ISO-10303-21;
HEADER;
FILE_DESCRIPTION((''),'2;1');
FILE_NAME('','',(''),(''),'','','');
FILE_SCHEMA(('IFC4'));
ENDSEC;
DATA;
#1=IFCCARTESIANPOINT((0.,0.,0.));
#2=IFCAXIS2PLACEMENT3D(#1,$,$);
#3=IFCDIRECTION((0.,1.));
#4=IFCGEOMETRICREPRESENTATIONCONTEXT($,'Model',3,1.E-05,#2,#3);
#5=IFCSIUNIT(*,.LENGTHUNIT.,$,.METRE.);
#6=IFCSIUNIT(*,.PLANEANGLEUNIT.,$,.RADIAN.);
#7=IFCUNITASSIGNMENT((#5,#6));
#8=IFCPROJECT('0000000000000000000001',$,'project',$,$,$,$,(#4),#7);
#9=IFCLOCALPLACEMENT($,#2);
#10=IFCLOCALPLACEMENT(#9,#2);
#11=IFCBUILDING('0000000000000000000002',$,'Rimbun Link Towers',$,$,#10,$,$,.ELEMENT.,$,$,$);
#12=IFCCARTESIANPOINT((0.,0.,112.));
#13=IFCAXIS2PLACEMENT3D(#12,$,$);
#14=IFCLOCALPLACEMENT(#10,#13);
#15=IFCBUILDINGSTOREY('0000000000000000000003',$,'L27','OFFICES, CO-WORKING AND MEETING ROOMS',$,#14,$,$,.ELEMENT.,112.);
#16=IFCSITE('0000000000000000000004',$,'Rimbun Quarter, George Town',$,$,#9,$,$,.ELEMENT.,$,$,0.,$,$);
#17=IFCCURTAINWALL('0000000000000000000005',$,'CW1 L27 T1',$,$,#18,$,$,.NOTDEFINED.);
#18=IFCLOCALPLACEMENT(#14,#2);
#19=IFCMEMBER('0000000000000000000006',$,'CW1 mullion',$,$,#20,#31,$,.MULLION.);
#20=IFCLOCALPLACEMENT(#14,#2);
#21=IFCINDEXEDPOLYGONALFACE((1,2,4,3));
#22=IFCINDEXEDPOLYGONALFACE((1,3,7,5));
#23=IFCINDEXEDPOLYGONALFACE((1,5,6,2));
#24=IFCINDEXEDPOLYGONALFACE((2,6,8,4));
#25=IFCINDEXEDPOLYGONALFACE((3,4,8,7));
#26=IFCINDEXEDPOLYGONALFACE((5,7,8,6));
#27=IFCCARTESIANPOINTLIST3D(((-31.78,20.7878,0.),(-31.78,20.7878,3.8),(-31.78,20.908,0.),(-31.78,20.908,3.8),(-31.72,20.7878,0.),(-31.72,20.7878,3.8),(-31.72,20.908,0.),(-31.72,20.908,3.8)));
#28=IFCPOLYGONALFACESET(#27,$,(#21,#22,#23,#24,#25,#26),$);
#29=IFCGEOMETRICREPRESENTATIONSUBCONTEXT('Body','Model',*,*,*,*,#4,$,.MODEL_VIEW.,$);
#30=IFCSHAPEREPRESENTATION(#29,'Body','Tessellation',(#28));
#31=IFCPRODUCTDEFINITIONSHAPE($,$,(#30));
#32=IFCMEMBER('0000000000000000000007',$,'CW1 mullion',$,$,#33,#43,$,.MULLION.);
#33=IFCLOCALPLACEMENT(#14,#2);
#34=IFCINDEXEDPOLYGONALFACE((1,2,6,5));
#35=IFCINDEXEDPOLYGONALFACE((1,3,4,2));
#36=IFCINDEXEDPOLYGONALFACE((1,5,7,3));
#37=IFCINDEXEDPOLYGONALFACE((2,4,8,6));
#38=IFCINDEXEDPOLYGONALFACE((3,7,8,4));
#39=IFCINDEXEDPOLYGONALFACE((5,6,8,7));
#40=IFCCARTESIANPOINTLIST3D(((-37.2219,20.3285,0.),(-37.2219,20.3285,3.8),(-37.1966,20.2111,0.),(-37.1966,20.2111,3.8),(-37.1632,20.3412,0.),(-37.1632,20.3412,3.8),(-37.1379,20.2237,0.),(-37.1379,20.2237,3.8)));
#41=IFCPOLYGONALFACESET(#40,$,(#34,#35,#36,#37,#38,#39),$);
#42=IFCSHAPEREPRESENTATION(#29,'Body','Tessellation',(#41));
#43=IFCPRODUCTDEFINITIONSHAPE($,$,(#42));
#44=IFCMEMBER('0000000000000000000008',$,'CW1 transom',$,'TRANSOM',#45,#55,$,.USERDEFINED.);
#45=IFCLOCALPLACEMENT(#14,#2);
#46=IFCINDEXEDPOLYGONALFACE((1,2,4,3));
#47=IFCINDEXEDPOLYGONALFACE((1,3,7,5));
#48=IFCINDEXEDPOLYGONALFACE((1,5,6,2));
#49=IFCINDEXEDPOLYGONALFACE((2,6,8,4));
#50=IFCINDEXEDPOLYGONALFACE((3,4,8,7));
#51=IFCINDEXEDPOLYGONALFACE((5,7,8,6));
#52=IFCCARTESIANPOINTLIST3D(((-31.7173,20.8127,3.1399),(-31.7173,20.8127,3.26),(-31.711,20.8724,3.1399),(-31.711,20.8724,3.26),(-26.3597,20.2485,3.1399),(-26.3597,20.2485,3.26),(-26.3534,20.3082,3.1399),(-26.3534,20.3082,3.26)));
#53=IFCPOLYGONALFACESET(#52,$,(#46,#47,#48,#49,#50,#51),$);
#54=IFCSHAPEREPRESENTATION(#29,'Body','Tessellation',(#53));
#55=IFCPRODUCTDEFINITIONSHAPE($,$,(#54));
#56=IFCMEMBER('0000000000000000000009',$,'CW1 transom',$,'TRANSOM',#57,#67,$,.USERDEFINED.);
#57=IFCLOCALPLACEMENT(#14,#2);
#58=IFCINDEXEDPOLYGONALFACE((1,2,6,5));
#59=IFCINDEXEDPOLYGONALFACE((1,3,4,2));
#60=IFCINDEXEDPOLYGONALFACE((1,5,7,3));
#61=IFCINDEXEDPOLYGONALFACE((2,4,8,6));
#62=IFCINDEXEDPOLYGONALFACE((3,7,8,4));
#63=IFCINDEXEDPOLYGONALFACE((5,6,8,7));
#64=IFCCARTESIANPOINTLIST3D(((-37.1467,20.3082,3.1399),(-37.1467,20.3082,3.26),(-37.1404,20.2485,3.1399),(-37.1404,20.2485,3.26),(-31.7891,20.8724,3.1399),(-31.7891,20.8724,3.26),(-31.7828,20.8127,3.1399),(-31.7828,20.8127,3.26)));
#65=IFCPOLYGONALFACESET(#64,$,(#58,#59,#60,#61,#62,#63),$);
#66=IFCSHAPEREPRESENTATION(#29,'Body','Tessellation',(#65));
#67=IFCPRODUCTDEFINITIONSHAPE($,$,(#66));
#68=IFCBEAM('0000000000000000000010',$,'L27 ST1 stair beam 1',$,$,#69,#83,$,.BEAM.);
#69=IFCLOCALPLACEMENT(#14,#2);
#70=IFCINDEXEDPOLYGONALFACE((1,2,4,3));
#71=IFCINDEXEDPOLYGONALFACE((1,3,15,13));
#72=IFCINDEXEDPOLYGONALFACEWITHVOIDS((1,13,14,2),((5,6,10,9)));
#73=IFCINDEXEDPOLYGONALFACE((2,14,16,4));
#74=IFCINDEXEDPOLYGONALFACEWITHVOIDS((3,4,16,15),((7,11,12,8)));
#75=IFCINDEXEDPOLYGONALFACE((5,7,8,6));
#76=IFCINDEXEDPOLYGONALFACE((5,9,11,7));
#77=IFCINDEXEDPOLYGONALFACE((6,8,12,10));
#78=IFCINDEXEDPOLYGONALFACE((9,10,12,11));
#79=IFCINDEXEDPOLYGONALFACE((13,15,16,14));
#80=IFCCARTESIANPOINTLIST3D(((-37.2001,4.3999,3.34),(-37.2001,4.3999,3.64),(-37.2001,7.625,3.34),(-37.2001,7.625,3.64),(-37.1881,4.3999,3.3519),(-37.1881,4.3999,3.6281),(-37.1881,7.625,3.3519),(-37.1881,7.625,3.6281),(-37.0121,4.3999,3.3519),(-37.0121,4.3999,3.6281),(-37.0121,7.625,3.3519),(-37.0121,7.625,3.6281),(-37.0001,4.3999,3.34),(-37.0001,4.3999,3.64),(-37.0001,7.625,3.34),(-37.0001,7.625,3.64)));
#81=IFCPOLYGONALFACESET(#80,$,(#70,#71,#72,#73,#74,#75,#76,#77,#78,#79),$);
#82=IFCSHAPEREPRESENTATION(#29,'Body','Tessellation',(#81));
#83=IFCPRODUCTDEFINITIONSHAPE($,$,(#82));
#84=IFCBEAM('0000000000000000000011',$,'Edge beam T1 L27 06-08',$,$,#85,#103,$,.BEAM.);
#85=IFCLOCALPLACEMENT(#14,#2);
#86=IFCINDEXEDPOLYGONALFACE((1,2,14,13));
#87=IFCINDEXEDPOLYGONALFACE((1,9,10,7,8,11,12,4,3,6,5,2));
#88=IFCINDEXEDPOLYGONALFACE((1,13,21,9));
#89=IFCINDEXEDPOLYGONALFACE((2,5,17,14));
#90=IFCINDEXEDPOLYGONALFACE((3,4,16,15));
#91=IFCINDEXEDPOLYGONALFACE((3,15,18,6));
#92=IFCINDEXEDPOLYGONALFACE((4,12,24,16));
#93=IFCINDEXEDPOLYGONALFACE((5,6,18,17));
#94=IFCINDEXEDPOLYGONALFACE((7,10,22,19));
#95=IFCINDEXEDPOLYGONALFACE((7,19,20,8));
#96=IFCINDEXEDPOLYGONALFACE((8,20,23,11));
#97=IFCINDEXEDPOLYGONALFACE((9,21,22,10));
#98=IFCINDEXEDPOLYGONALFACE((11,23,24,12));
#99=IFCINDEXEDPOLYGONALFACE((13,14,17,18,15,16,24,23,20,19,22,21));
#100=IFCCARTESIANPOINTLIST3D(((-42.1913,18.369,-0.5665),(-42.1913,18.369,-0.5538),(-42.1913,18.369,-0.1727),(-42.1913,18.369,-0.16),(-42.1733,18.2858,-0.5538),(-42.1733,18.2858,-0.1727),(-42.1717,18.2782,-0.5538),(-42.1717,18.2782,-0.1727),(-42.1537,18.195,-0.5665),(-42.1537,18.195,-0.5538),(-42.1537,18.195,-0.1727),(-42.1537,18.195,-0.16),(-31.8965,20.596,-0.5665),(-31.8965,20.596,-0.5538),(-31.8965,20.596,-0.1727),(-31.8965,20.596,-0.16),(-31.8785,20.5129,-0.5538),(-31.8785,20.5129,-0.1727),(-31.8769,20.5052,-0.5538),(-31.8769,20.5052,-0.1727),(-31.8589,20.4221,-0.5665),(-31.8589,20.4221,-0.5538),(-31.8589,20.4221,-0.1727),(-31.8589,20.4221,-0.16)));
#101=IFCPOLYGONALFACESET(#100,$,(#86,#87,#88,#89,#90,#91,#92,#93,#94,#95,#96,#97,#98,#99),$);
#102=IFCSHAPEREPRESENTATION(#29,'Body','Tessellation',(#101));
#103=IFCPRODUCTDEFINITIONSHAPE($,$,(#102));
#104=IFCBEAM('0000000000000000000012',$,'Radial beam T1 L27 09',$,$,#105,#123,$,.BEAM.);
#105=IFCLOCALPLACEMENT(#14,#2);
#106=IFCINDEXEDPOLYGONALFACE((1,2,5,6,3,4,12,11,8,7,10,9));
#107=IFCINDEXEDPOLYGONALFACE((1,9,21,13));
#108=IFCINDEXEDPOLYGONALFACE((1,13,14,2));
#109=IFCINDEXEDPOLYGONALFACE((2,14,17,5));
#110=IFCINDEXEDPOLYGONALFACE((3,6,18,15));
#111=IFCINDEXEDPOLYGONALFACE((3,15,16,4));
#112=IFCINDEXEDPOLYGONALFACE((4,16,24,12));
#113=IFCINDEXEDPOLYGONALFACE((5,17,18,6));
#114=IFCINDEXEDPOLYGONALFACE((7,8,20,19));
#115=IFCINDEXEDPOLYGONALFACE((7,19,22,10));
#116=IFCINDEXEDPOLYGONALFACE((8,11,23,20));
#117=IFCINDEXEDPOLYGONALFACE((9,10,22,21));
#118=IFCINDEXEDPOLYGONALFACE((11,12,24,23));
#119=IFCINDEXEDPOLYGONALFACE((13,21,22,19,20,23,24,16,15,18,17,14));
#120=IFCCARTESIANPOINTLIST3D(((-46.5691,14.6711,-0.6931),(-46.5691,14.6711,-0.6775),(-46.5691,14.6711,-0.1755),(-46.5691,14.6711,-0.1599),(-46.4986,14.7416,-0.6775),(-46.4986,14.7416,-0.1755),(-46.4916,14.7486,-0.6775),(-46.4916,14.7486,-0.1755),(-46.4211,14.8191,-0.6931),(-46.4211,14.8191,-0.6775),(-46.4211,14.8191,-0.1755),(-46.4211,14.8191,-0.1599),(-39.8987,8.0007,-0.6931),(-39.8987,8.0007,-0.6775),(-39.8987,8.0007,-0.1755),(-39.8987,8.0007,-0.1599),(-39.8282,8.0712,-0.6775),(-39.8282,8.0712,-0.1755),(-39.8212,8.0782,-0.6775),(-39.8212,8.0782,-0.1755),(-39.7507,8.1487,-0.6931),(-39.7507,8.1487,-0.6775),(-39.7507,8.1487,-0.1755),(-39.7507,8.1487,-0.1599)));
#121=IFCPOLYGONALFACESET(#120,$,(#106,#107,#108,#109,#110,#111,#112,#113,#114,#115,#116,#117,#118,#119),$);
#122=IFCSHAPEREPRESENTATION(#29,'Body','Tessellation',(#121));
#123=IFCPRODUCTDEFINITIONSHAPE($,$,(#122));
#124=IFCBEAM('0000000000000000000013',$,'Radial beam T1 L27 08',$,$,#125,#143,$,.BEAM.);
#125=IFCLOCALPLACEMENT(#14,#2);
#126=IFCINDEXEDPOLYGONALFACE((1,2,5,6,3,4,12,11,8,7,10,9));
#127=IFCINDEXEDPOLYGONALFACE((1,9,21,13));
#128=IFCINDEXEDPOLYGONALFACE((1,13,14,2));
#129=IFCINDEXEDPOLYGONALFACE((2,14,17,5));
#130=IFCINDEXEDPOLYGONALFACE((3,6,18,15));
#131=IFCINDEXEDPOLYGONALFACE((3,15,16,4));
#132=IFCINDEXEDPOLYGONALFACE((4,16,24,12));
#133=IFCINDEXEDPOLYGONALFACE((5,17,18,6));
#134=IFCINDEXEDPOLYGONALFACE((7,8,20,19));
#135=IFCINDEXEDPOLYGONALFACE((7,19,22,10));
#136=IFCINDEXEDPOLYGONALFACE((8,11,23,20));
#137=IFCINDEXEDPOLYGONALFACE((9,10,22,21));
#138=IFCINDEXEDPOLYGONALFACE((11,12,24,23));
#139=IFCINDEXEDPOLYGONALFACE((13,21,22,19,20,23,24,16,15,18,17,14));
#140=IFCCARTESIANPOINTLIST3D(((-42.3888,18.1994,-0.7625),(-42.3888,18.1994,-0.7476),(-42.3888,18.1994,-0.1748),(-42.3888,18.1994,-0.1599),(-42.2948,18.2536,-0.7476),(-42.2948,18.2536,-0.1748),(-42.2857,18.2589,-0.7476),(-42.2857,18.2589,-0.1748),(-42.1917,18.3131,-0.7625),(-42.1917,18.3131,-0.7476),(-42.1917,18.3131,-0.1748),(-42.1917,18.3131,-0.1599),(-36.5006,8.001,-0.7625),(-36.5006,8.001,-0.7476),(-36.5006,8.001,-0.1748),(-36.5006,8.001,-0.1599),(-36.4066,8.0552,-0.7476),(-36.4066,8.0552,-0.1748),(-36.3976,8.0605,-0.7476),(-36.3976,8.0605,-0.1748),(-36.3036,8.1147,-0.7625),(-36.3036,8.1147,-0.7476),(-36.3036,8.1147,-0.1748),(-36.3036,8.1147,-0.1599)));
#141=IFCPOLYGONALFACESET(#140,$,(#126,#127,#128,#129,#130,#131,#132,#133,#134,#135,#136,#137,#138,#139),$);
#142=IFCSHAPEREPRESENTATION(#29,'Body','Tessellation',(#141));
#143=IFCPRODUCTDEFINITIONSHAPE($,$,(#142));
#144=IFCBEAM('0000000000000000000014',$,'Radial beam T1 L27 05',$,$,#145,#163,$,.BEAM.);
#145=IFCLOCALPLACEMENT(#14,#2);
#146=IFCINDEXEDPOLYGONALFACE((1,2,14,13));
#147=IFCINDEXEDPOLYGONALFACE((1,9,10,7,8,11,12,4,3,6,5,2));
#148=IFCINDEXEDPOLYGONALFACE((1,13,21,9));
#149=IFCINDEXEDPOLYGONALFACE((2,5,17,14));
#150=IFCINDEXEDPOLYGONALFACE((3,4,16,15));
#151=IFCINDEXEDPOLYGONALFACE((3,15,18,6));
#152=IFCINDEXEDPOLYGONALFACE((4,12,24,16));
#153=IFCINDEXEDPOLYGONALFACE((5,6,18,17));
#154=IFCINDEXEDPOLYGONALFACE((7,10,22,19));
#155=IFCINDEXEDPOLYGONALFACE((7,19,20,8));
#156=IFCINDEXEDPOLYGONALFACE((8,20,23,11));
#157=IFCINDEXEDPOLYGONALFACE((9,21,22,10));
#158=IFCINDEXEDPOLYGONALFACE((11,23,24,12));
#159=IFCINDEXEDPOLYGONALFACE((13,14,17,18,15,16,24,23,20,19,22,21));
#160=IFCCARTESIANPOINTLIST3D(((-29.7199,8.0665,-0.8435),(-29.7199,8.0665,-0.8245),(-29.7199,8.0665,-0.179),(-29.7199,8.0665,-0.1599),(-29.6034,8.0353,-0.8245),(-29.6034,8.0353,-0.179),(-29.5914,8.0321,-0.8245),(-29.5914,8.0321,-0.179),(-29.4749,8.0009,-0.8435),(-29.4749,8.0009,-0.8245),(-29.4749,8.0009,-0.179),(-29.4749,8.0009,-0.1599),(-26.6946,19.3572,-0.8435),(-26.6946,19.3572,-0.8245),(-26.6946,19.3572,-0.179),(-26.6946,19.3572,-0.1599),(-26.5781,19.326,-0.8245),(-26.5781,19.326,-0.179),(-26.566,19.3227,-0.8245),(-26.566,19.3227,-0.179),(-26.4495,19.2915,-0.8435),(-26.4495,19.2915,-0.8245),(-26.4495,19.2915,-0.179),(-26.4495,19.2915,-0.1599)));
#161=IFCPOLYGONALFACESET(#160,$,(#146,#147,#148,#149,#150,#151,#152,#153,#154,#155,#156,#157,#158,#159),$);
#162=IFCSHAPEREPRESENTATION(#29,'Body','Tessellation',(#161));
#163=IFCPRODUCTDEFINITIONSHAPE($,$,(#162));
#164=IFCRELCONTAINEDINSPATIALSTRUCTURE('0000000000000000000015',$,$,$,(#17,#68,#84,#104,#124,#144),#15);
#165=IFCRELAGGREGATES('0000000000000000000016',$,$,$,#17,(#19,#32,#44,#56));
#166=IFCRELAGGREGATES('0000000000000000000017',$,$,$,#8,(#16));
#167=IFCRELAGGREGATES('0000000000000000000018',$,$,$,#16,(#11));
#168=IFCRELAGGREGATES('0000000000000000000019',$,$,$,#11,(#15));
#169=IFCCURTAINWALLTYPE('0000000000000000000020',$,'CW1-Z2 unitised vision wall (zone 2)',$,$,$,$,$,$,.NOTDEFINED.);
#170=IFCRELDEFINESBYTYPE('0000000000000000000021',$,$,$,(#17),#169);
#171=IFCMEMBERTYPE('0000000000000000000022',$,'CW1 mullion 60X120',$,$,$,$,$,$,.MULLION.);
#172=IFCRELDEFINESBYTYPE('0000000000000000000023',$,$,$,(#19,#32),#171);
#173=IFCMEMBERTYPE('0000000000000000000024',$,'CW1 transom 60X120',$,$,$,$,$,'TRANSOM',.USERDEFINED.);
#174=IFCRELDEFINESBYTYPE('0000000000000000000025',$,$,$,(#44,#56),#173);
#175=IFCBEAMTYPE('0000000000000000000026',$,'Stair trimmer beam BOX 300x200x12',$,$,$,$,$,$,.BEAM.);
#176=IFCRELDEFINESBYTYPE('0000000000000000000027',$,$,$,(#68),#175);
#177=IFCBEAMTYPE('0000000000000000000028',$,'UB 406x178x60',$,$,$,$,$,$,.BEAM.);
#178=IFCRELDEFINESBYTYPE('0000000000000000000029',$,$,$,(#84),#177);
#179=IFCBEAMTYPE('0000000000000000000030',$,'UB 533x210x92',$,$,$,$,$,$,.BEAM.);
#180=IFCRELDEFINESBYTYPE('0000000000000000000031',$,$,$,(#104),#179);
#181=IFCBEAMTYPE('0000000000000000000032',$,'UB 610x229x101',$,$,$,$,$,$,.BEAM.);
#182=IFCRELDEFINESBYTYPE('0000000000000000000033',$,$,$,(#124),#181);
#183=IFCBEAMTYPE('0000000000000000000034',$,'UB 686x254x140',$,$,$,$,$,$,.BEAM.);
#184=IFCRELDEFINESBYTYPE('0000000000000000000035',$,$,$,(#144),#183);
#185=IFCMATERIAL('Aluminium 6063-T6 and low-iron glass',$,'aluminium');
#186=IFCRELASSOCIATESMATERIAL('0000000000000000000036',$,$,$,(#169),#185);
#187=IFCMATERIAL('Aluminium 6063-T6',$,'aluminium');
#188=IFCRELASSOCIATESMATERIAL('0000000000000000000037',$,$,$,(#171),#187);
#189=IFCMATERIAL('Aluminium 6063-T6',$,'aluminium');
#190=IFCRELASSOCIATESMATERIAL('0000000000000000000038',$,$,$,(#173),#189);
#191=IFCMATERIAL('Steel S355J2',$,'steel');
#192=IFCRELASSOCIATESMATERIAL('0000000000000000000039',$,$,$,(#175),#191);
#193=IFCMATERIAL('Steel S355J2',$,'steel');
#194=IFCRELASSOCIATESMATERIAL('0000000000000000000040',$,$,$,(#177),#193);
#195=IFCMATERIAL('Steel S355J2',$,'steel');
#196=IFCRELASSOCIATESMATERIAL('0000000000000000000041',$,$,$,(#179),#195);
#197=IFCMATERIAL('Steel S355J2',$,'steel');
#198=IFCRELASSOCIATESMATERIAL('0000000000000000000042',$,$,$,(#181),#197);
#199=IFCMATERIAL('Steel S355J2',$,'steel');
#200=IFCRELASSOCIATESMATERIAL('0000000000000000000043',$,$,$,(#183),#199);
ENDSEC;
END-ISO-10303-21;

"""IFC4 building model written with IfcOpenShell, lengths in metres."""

from ifc_helpers import new_model, si_unit, direction, frame, origin, origin_2d, place, context, subcontext, project, spatial, rectangle, hollow_rectangle, i_section, extrude, material, material_profile, profile_set, type_object, element, aggregate, save


model = new_model("IFC4")

# Units and contexts
model_context = context("Model", 3, precision=1e-05, world=origin(), true_north=direction((0.0, 1.0)))
body_context = subcontext(model_context, "Body", "Model", "MODEL_VIEW")
ifc_project = project(units=[si_unit("LENGTHUNIT", "METRE"), si_unit("PLANEANGLEUNIT", "RADIAN")], contexts=[model_context])

# Site, building, storey
site_placement = place(None, origin())
site = spatial("IfcSite", under=ifc_project, at=site_placement, Name="Rimbun Quarter, George Town", CompositionType="ELEMENT", RefElevation=0.0)
building_placement = place(site_placement, origin())
building = spatial("IfcBuilding", under=site, at=building_placement, Name="Rimbun Link Towers", CompositionType="ELEMENT")
storey_placement = place(building_placement, frame((0.0, 0.0, 112.0)))
storey = spatial("IfcBuildingStorey", under=building, at=storey_placement, Name="L27", Description="OFFICES, CO-WORKING AND MEETING ROOMS", CompositionType="ELEMENT", Elevation=112.0)

# Curtain wall, members
ifc_material_1 = material(Name="Aluminium 6063-T6 and low-iron glass", Category="aluminium")
curtain_wall_type = type_object("IfcCurtainWallType", Name="CW1-Z2 unitised vision wall (zone 2)", PredefinedType="NOTDEFINED", material=ifc_material_1)
curtain_wall_placement = place(storey_placement, origin())
curtain_wall = element("IfcCurtainWall", 1, at=curtain_wall_placement, inside=storey, type_object=curtain_wall_type, Name="CW1 L27 T1", PredefinedType="NOTDEFINED")
ifc_material_2 = material(Name="Aluminium 6063-T6", Category="aluminium")
ifc_material_profile_1 = material_profile(ifc_material_2, rectangle(XDim=0.1201, YDim=0.0601, at=origin_2d()), Name="MULLION 60X120")
ifc_profile_set_1 = profile_set([ifc_material_profile_1], Name="Aluminium 6063-T6")
member_type_1 = type_object("IfcMemberType", Name="CW1 mullion 60X120", PredefinedType="MULLION", material=ifc_profile_set_1)
member_1_placement = place(storey_placement, frame((-31.75, 20.8479, 0.0), z_axis=(0.0, 0.0, 1.0), x_axis=(0.0, 1.0, 0.0)))
member_1 = element("IfcMember", 2, at=member_1_placement, type_object=member_type_1, Name="CW1 mullion", PredefinedType="MULLION", context=body_context, shape_type="SweptSolid", body=[
    extrude(rectangle(XDim=0.1201, YDim=0.0601, at=origin_2d()), origin(), (0.0, 0.0, 1.0), 3.8),
])
member_2_placement = place(storey_placement, frame((-37.1799, 20.2761, 0.0), z_axis=(0.0, 0.0, 1.0), x_axis=(-0.210865, 0.977515, 0.0)))
member_2 = element("IfcMember", 3, at=member_2_placement, type_object=member_type_1, Name="CW1 mullion", PredefinedType="MULLION", context=body_context, shape_type="SweptSolid", body=[
    extrude(rectangle(XDim=0.1201, YDim=0.0601, at=origin_2d()), origin(), (0.0, 0.0, 1.0), 3.8),
])
ifc_material_3 = material(Name="Aluminium 6063-T6", Category="aluminium")
ifc_material_profile_2 = material_profile(ifc_material_3, rectangle(XDim=0.0601, YDim=0.1201, at=origin_2d()), Name="TRANSOM 60X120")
ifc_profile_set_2 = profile_set([ifc_material_profile_2], Name="Aluminium 6063-T6")
member_type_2 = type_object("IfcMemberType", Name="CW1 transom 60X120", ElementType="TRANSOM", PredefinedType="USERDEFINED", material=ifc_profile_set_2)
member_3_placement = place(storey_placement, frame((-31.7141, 20.8425, 3.2), z_axis=(0.994501, -0.10473, 0.0), x_axis=(0.10473, 0.994501, 0.0)))
member_3 = element("IfcMember", 4, at=member_3_placement, type_object=member_type_2, Name="CW1 transom", ObjectType="TRANSOM", PredefinedType="USERDEFINED", context=body_context, shape_type="SweptSolid", body=[
    extrude(rectangle(XDim=0.0601, YDim=0.1201, at=origin_2d()), origin(), (0.0, 0.0, 1.0), 5.3872),
])
member_4_placement = place(storey_placement, frame((-37.1436, 20.2783, 3.2), z_axis=(0.994501, 0.10473, 0.0), x_axis=(-0.10473, 0.994501, 0.0)))
member_4 = element("IfcMember", 5, at=member_4_placement, type_object=member_type_2, Name="CW1 transom", ObjectType="TRANSOM", PredefinedType="USERDEFINED", context=body_context, shape_type="SweptSolid", body=[
    extrude(rectangle(XDim=0.0601, YDim=0.1201, at=origin_2d()), origin(), (0.0, 0.0, 1.0), 5.3872),
])

# Beams
ifc_material_4 = material(Name="Steel S355J2", Category="steel")
ifc_material_profile_3 = material_profile(ifc_material_4, hollow_rectangle(XDim=0.2, YDim=0.3, WallThickness=0.012, at=origin_2d()), Name="BOX 300x200x12")
ifc_profile_set_3 = profile_set([ifc_material_profile_3], Name="Steel S355J2")
beam_type_1 = type_object("IfcBeamType", Name="Stair trimmer beam BOX 300x200x12", PredefinedType="BEAM", material=ifc_profile_set_3)
beam_1_placement = place(storey_placement, frame((-37.1001, 7.625, 3.49), z_axis=(0.0, -1.0, 0.0), x_axis=(1.0, 0.0, 0.0)))
element("IfcBeam", 6, at=beam_1_placement, inside=storey, type_object=beam_type_1, Name="L27 ST1 stair beam 1", PredefinedType="BEAM", context=body_context, shape_type="SweptSolid", body=[
    extrude(hollow_rectangle(XDim=0.2, YDim=0.3, WallThickness=0.012, at=origin_2d()), origin(), (0.0, 0.0, 1.0), 3.2251),
])
ifc_material_5 = material(Name="Steel S355J2", Category="steel")
ifc_material_profile_4 = material_profile(ifc_material_5, i_section(OverallWidth=0.178, OverallDepth=0.4065, WebThickness=0.0078, FlangeThickness=0.0127, at=origin_2d()), Name="UB 406x178x60")
ifc_profile_set_4 = profile_set([ifc_material_profile_4], Name="Steel S355J2")
beam_type_2 = type_object("IfcBeamType", Name="UB 406x178x60", PredefinedType="BEAM", material=ifc_profile_set_4)
beam_2_placement = place(storey_placement, frame((-31.8777, 20.509, -0.3633), z_axis=(-0.977392, -0.211435, 0.0), x_axis=(0.211435, -0.977392, 0.0)))
element("IfcBeam", 7, at=beam_2_placement, inside=storey, type_object=beam_type_2, Name="Edge beam T1 L27 06-08", PredefinedType="BEAM", context=body_context, shape_type="SweptSolid", body=[
    extrude(i_section(OverallWidth=0.178, OverallDepth=0.4065, WebThickness=0.0078, FlangeThickness=0.0127, at=origin_2d()), origin(), (0.0, 0.0, 1.0), 10.533),
])
ifc_material_6 = material(Name="Steel S355J2", Category="steel")
ifc_material_profile_5 = material_profile(ifc_material_6, i_section(OverallWidth=0.2092, OverallDepth=0.5332, WebThickness=0.01, FlangeThickness=0.0156, at=origin_2d()), Name="UB 533x210x92")
ifc_profile_set_5 = profile_set([ifc_material_profile_5], Name="Steel S355J2")
beam_type_3 = type_object("IfcBeamType", Name="UB 533x210x92", PredefinedType="BEAM", material=ifc_profile_set_5)
beam_3_placement = place(storey_placement, frame((-39.8247, 8.0747, -0.4265), z_axis=(-0.707107, 0.707107, 0.0), x_axis=(-0.707107, -0.707107, 0.0)))
element("IfcBeam", 8, at=beam_3_placement, inside=storey, type_object=beam_type_3, Name="Radial beam T1 L27 09", PredefinedType="BEAM", context=body_context, shape_type="SweptSolid", body=[
    extrude(i_section(OverallWidth=0.2092, OverallDepth=0.5332, WebThickness=0.01, FlangeThickness=0.0156, at=origin_2d()), origin(), (0.0, 0.0, 1.0), 9.4333),
])
ifc_material_7 = material(Name="Steel S355J2", Category="steel")
ifc_material_profile_6 = material_profile(ifc_material_7, i_section(OverallWidth=0.2275, OverallDepth=0.6025, WebThickness=0.0105, FlangeThickness=0.0149, at=origin_2d()), Name="UB 610x229x101")
ifc_profile_set_6 = profile_set([ifc_material_profile_6], Name="Steel S355J2")
beam_type_4 = type_object("IfcBeamType", Name="UB 610x229x101", PredefinedType="BEAM", material=ifc_profile_set_6)
beam_4_placement = place(storey_placement, frame((-36.4021, 8.0579, -0.4612), z_axis=(-0.500005, 0.866022, 0.0), x_axis=(-0.866022, -0.500005, 0.0)))
element("IfcBeam", 9, at=beam_4_placement, inside=storey, type_object=beam_type_4, Name="Radial beam T1 L27 08", PredefinedType="BEAM", context=body_context, shape_type="SweptSolid", body=[
    extrude(i_section(OverallWidth=0.2275, OverallDepth=0.6025, WebThickness=0.0105, FlangeThickness=0.0149, at=origin_2d()), origin(), (0.0, 0.0, 1.0), 11.7761),
])
ifc_material_8 = material(Name="Steel S355J2", Category="steel")
ifc_material_profile_7 = material_profile(ifc_material_8, i_section(OverallWidth=0.2537, OverallDepth=0.6836, WebThickness=0.0125, FlangeThickness=0.019, at=origin_2d()), Name="UB 686x254x140")
ifc_profile_set_7 = profile_set([ifc_material_profile_7], Name="Steel S355J2")
beam_type_5 = type_object("IfcBeamType", Name="UB 686x254x140", PredefinedType="BEAM", material=ifc_profile_set_7)
beam_5_placement = place(storey_placement, frame((-29.5974, 8.0337, -0.5017), z_axis=(0.258822, 0.965925, 0.0), x_axis=(-0.965925, 0.258822, 0.0)))
element("IfcBeam", 10, at=beam_5_placement, inside=storey, type_object=beam_type_5, Name="Radial beam T1 L27 05", PredefinedType="BEAM", context=body_context, shape_type="SweptSolid", body=[
    extrude(i_section(OverallWidth=0.2537, OverallDepth=0.6836, WebThickness=0.0125, FlangeThickness=0.019, at=origin_2d()), origin(), (0.0, 0.0, 1.0), 11.689),
])

aggregate(curtain_wall, [member_1, member_2, member_3, member_4])

save(model, "model.ifc")
